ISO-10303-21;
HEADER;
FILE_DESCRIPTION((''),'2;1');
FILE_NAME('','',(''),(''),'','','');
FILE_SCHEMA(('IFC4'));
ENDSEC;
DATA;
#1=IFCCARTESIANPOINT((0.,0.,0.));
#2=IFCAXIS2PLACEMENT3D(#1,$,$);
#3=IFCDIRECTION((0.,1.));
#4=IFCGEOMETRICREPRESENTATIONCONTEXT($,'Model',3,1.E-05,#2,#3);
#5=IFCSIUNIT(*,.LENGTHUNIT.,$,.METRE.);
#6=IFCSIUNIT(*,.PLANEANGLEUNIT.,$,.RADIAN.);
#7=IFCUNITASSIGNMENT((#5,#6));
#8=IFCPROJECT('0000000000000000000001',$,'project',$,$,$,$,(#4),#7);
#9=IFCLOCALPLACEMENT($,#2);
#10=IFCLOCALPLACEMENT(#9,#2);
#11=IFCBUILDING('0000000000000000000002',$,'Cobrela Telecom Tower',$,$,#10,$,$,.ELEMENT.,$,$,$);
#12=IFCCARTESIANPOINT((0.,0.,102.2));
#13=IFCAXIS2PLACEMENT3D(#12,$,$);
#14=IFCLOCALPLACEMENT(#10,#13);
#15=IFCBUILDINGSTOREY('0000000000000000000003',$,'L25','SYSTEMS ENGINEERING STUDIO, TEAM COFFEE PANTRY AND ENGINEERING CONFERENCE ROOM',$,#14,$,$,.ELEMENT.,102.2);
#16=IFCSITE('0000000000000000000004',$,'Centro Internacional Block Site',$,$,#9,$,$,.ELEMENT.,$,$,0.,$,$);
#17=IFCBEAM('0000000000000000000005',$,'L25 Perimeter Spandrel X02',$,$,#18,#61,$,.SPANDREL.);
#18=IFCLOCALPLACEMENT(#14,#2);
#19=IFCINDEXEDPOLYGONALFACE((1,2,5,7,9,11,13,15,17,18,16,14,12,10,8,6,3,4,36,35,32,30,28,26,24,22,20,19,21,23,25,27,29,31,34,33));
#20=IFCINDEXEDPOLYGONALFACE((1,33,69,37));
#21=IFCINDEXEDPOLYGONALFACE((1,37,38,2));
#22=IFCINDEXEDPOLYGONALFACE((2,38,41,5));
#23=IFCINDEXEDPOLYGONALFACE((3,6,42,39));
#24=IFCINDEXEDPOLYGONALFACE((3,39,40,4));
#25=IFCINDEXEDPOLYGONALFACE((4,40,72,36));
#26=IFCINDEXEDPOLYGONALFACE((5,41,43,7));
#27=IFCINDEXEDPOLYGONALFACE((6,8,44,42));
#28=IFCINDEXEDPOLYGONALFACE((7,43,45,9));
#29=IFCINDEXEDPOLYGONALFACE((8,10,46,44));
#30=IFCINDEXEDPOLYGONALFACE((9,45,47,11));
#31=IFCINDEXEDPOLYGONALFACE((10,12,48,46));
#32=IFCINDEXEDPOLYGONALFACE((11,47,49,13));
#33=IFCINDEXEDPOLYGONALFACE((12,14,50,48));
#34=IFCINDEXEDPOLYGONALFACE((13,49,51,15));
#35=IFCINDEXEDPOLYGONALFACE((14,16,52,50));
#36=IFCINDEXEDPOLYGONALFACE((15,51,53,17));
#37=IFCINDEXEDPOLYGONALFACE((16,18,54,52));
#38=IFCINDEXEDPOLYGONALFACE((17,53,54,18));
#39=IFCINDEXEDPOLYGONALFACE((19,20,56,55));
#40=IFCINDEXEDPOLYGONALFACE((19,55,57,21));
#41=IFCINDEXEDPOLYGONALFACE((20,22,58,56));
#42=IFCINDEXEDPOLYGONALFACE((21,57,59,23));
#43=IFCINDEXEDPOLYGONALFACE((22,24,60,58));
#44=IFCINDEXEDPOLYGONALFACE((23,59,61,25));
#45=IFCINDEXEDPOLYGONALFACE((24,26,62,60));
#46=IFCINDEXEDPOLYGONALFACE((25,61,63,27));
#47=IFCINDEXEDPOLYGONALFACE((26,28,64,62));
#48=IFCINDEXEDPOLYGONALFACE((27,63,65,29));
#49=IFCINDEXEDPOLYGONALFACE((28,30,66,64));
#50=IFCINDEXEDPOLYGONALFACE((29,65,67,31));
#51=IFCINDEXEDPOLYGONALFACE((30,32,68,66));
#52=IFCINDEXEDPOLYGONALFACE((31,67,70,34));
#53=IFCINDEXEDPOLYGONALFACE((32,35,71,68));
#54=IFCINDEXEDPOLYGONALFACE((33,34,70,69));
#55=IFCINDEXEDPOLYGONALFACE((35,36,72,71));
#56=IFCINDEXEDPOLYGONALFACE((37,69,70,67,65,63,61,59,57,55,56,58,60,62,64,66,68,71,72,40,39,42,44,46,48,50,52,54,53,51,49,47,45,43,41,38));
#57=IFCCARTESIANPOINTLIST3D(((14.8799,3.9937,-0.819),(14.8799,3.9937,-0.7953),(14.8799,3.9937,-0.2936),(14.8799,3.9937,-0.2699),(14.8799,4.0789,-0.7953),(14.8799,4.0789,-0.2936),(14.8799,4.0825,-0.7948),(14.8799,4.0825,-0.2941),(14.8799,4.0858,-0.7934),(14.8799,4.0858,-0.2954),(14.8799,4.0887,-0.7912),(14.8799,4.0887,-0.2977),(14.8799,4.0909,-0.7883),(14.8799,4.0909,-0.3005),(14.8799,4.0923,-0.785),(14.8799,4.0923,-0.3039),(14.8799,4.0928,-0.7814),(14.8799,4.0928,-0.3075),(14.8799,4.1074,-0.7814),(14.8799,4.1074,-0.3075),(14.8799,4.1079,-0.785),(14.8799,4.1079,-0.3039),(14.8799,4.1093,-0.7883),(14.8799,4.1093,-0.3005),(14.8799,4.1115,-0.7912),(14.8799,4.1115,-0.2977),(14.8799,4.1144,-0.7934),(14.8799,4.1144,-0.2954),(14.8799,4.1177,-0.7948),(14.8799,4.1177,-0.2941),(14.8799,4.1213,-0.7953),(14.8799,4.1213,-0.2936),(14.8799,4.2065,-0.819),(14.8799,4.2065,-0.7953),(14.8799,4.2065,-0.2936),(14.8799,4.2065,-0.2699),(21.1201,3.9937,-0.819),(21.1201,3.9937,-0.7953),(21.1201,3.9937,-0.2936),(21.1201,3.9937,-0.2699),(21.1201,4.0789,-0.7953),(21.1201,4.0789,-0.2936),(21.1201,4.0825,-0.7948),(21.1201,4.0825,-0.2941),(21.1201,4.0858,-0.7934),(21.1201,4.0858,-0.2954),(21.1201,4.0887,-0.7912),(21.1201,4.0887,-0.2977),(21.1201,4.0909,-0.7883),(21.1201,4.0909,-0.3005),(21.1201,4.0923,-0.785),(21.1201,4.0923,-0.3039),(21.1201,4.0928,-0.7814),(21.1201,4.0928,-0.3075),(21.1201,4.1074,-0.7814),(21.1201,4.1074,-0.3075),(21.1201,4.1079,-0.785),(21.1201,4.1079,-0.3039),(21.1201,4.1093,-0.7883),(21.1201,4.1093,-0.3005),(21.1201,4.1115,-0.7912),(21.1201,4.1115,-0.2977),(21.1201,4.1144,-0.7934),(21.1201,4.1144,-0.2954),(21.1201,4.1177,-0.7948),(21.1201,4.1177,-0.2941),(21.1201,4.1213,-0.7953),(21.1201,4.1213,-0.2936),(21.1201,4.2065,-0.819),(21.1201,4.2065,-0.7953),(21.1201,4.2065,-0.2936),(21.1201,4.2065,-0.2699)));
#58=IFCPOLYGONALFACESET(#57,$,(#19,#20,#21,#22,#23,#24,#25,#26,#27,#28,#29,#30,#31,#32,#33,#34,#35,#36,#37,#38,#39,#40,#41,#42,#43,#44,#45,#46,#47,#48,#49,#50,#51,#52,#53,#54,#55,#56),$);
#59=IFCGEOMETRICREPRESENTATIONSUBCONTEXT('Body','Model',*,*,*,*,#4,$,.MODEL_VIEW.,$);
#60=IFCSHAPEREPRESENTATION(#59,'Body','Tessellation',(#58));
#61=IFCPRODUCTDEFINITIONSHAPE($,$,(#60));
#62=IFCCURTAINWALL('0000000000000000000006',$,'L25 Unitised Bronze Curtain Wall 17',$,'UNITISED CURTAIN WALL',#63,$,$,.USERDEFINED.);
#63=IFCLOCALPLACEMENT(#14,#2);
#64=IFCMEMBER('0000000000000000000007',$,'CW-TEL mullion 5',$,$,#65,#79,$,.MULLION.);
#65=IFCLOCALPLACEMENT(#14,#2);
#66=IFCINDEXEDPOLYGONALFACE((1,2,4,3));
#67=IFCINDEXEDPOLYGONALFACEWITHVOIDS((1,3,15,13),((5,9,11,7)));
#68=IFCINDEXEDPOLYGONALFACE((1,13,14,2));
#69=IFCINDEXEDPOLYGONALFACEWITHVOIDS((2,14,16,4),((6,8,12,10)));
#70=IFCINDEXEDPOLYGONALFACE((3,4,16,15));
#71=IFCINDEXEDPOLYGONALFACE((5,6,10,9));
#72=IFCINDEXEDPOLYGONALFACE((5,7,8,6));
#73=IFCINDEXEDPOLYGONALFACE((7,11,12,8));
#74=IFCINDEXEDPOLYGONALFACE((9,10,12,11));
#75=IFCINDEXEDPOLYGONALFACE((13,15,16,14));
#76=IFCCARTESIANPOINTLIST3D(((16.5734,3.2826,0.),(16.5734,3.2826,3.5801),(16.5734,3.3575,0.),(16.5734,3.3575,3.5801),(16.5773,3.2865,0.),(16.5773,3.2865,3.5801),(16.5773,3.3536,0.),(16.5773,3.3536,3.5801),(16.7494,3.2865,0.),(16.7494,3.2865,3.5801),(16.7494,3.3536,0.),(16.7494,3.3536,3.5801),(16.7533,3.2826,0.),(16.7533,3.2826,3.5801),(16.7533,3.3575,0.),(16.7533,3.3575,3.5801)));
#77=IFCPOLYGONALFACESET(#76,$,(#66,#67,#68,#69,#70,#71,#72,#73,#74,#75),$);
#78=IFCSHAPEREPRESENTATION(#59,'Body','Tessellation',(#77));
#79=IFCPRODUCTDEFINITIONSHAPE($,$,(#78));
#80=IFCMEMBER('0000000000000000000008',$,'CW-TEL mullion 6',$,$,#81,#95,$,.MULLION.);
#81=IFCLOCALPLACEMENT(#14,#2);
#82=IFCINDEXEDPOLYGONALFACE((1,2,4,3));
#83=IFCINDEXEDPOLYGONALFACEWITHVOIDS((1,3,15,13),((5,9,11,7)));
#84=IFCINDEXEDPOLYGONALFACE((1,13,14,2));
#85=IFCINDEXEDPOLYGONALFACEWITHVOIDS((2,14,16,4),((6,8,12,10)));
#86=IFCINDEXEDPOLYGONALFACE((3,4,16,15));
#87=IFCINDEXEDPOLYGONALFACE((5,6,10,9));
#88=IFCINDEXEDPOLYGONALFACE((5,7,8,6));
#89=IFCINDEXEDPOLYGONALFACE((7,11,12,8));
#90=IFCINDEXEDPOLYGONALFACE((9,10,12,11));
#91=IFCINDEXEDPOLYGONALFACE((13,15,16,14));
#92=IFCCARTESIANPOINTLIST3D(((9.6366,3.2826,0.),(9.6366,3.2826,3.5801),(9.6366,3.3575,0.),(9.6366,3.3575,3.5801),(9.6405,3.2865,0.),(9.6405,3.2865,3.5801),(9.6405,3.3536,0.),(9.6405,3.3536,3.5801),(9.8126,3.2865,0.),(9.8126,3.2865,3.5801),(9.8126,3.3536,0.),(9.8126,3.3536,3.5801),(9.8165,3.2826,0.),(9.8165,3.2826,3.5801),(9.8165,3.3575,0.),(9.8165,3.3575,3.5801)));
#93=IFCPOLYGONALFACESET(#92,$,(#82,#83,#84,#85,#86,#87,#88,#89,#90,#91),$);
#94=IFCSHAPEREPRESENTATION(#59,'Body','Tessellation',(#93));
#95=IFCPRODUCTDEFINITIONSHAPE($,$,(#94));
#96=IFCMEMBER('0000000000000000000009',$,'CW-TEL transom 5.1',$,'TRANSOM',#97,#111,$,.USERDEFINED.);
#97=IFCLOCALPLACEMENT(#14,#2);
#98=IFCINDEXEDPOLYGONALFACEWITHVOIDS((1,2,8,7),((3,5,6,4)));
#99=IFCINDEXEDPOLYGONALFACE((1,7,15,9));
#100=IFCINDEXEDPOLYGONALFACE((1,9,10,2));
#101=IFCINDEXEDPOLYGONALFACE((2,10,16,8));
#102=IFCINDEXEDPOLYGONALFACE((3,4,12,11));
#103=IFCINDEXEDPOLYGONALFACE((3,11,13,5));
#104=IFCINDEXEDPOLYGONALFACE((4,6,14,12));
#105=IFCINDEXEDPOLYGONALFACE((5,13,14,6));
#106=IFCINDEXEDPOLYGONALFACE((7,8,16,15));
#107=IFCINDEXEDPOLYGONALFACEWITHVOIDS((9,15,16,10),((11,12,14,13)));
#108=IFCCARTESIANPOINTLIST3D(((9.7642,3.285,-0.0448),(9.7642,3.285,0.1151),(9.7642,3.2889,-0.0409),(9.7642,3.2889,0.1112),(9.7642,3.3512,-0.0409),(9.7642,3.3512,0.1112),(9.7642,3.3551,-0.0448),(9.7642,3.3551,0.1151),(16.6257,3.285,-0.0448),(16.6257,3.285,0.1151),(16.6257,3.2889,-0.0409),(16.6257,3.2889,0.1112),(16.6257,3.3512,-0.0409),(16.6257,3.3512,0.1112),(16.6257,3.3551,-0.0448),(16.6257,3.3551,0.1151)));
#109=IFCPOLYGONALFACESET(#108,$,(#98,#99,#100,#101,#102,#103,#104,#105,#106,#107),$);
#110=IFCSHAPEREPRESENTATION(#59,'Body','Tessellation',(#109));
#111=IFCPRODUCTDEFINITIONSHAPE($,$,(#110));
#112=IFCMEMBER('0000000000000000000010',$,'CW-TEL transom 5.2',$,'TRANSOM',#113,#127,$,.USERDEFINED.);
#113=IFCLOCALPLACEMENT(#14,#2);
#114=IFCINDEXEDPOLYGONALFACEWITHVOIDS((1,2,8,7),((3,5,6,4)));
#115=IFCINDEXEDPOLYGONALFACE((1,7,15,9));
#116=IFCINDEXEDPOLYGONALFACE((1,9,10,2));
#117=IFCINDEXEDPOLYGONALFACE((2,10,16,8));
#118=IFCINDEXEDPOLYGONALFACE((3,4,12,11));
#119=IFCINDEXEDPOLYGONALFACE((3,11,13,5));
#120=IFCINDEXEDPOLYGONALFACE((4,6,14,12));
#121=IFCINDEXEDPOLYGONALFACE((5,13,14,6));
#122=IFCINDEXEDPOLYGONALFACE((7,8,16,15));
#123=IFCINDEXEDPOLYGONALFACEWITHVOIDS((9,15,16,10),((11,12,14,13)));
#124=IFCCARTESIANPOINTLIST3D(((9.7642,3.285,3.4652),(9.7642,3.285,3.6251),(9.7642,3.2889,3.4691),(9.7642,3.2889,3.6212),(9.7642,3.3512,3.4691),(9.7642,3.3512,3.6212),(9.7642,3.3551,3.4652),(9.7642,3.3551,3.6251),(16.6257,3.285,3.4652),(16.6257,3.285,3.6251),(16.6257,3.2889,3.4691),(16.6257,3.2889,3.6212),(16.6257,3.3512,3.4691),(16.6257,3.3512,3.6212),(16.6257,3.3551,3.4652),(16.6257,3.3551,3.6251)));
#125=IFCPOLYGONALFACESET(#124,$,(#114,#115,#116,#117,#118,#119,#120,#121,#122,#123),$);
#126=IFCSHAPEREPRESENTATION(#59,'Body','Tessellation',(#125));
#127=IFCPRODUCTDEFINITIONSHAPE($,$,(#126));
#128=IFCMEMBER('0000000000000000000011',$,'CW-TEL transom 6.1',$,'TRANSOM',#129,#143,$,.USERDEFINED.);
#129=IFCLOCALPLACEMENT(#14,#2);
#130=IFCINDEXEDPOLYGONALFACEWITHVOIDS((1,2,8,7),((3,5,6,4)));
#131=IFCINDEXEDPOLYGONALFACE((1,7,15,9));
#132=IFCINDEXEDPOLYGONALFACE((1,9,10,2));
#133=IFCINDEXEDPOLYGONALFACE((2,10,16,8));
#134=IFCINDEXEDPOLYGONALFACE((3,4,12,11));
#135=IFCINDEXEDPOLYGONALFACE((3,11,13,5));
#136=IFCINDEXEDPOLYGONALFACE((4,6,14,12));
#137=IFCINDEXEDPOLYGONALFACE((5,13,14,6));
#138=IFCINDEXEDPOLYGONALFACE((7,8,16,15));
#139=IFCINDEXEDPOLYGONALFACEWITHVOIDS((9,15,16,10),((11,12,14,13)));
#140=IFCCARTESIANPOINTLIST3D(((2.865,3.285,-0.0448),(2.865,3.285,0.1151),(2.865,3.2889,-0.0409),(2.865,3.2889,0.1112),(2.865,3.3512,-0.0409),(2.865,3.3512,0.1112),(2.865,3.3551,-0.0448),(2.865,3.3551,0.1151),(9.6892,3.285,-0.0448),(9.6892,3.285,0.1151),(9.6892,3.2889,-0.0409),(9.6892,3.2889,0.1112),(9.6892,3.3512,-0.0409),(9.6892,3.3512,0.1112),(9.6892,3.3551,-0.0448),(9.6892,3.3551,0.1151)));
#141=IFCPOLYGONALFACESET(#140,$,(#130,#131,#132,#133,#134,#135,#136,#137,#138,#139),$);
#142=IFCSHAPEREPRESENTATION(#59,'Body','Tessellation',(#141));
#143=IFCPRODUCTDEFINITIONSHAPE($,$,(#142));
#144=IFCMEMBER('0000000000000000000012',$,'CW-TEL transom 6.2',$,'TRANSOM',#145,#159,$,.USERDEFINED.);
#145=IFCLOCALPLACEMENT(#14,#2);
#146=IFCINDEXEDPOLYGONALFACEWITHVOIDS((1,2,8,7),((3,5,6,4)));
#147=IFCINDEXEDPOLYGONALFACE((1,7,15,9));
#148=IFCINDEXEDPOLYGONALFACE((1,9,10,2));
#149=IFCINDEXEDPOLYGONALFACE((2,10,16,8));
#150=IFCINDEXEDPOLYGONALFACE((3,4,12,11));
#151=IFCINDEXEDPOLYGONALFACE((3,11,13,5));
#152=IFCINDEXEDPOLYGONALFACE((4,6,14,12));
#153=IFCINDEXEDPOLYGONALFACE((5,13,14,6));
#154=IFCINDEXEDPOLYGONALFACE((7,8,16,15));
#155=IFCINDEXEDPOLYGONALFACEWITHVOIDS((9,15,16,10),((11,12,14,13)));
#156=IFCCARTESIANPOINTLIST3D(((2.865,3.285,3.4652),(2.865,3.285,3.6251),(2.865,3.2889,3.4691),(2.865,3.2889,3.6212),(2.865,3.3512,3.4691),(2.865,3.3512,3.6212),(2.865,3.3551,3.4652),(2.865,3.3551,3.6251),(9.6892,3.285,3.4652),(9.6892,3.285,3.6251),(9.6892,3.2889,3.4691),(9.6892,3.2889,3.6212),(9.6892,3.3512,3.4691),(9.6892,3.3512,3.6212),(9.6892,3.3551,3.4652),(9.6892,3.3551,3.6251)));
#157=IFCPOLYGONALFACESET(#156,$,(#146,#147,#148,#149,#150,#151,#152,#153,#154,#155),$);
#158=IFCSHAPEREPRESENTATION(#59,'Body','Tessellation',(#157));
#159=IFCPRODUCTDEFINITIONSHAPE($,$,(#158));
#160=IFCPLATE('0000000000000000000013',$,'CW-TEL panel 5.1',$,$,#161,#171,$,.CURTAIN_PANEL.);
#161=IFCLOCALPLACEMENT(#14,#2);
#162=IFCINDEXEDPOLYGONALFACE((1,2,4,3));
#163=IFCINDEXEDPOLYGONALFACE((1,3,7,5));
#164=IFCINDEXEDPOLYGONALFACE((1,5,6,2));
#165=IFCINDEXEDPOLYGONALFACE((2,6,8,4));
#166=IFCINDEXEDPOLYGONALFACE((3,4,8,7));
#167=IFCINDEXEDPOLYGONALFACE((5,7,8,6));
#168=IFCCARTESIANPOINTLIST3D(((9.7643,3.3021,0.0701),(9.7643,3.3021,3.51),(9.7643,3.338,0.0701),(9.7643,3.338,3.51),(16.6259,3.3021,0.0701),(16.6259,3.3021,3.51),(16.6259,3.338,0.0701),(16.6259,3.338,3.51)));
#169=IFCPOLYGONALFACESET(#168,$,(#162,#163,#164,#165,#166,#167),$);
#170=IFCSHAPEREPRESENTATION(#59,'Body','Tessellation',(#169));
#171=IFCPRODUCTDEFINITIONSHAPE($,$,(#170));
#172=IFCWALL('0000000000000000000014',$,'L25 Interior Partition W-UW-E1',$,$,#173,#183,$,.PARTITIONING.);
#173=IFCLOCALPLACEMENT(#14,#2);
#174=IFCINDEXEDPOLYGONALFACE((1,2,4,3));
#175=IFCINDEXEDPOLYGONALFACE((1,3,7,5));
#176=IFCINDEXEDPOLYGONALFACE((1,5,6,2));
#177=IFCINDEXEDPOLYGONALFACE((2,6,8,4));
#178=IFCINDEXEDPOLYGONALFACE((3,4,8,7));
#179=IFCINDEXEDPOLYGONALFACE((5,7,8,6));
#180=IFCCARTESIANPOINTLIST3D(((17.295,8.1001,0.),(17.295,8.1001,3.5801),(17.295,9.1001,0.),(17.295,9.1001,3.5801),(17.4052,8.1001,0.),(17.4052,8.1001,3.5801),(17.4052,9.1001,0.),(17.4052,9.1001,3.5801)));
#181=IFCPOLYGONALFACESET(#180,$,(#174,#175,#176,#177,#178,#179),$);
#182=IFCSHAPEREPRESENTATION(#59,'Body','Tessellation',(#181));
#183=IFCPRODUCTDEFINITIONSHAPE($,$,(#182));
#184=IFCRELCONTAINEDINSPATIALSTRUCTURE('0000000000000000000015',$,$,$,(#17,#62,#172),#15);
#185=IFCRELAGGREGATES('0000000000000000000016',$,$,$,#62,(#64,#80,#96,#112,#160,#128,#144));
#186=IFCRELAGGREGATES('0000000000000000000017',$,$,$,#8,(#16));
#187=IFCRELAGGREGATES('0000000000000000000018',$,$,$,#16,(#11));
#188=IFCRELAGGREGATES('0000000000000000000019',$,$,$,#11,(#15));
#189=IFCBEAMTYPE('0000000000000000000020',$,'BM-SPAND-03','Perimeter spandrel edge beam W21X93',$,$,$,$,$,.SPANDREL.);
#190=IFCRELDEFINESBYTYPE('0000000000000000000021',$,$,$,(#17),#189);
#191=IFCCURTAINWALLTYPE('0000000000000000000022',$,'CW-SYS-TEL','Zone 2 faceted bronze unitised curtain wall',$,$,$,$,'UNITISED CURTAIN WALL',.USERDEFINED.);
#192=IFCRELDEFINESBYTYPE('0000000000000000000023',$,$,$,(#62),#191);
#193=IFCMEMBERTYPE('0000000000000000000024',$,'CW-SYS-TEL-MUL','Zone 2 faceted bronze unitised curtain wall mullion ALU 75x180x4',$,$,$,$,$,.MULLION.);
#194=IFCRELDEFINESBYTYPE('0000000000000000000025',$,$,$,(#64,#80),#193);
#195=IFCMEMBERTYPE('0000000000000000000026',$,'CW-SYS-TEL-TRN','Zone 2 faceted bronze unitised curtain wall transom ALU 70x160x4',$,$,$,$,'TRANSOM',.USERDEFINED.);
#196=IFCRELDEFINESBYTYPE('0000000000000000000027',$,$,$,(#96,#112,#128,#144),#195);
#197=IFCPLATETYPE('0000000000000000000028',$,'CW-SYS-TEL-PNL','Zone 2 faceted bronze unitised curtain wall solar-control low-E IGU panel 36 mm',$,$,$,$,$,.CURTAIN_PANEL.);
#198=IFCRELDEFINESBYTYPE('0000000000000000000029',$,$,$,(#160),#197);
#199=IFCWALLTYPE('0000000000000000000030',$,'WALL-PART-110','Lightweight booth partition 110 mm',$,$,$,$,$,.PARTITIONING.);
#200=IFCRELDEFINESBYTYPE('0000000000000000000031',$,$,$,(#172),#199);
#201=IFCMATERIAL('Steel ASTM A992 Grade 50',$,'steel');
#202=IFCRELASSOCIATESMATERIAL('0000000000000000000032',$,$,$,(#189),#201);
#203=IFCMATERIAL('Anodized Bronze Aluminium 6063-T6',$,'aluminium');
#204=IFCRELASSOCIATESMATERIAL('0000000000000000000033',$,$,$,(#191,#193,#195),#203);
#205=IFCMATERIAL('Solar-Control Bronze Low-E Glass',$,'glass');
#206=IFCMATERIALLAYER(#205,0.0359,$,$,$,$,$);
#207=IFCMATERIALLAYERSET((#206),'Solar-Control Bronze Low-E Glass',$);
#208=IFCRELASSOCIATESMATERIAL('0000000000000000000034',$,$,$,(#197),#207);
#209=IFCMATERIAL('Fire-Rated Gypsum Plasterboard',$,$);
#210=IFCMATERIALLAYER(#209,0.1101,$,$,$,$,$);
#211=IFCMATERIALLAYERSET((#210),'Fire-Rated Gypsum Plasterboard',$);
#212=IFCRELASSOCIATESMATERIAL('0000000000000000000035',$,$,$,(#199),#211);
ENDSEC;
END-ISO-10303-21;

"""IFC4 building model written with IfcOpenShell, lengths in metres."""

from ifc_helpers import new_model, si_unit, direction, frame, frame_2d, origin, origin_2d, place, context, subcontext, project, spatial, rectangle, hollow_rectangle, i_section, extrude, material, layer, layer_set, material_profile, profile_set, type_object, element, aggregate, save


model = new_model("IFC4")

# Units and contexts
model_context = context("Model", 3, precision=1e-05, world=origin(), true_north=direction((0.0, 1.0)))
body_context = subcontext(model_context, "Body", "Model", "MODEL_VIEW")
ifc_project = project(units=[si_unit("LENGTHUNIT", "METRE"), si_unit("PLANEANGLEUNIT", "RADIAN")], contexts=[model_context])

# Site, building, storey
site_placement = place(None, origin())
site = spatial("IfcSite", under=ifc_project, at=site_placement, Name="Centro Internacional Block Site", CompositionType="ELEMENT", RefElevation=0.0)
building_placement = place(site_placement, origin())
building = spatial("IfcBuilding", under=site, at=building_placement, Name="Cobrela Telecom Tower", CompositionType="ELEMENT")
storey_placement = place(building_placement, frame((0.0, 0.0, 102.2)))
storey = spatial("IfcBuildingStorey", under=building, at=storey_placement, Name="L25", Description="SYSTEMS ENGINEERING STUDIO, TEAM COFFEE PANTRY AND ENGINEERING CONFERENCE ROOM", CompositionType="ELEMENT", Elevation=102.2)

# Beam
ifc_material_1 = material(Name="Steel ASTM A992 Grade 50", Category="steel")
ifc_material_profile_1 = material_profile(ifc_material_1, i_section(OverallWidth=0.2129, OverallDepth=0.5491, WebThickness=0.0146, FlangeThickness=0.0237, FilletRadius=0.0139, at=origin_2d()), Name="W21X93")
ifc_profile_set_1 = profile_set([ifc_material_profile_1], Name="Steel ASTM A992 Grade 50")
beam_type_1 = type_object("IfcBeamType", Name="BM-SPAND-03", Description="Perimeter spandrel edge beam W21X93", PredefinedType="SPANDREL", material=ifc_profile_set_1)
beam_1_placement = place(storey_placement, frame((14.8799, 4.1001, -0.5444), z_axis=(1.0, 0.0, 0.0), x_axis=(0.0, 1.0, 0.0)))
element("IfcBeam", 1, at=beam_1_placement, inside=storey, type_object=beam_type_1, Name="L25 Perimeter Spandrel X02", PredefinedType="SPANDREL", context=body_context, shape_type="SweptSolid", body=[
    extrude(i_section(OverallWidth=0.2129, OverallDepth=0.5491, WebThickness=0.0146, FlangeThickness=0.0237, FilletRadius=0.0139, at=origin_2d()), origin(), (0.0, 0.0, 1.0), 6.2402),
])

# Curtain wall, members, plate
ifc_material_2 = material(Name="Anodized Bronze Aluminium 6063-T6", Category="aluminium")
curtain_wall_type = type_object("IfcCurtainWallType", Name="CW-SYS-TEL", Description="Zone 2 faceted bronze unitised curtain wall", ElementType="UNITISED CURTAIN WALL", PredefinedType="USERDEFINED", material=ifc_material_2)
curtain_wall_placement = place(storey_placement, origin())
curtain_wall = element("IfcCurtainWall", 2, at=curtain_wall_placement, inside=storey, type_object=curtain_wall_type, Name="L25 Unitised Bronze Curtain Wall 17", ObjectType="UNITISED CURTAIN WALL", PredefinedType="USERDEFINED")
ifc_material_profile_2 = material_profile(ifc_material_2, hollow_rectangle(XDim=0.075, YDim=0.1799, WallThickness=0.0039, at=origin_2d()), Name="ALU 75x180x4")
ifc_profile_set_2 = profile_set([ifc_material_profile_2], Name="Anodized Bronze Aluminium 6063-T6")
member_type_1 = type_object("IfcMemberType", Name="CW-SYS-TEL-MUL", Description="Zone 2 faceted bronze unitised curtain wall mullion ALU 75x180x4", PredefinedType="MULLION", material=ifc_profile_set_2)
member_1_placement = place(storey_placement, frame((16.6633, 3.3201, 0.0), z_axis=(0.0, 0.0, 1.0), x_axis=(0.0, -1.0, 0.0)))
member_1 = element("IfcMember", 3, at=member_1_placement, type_object=member_type_1, Name="CW-TEL mullion 5", PredefinedType="MULLION", context=body_context, shape_type="SweptSolid", body=[
    extrude(hollow_rectangle(XDim=0.075, YDim=0.1799, WallThickness=0.0039, at=origin_2d()), origin(), (0.0, 0.0, 1.0), 3.5801),
])
member_2_placement = place(storey_placement, frame((9.7266, 3.3201, 0.0), z_axis=(0.0, 0.0, 1.0), x_axis=(0.0, -1.0, 0.0)))
member_2 = element("IfcMember", 4, at=member_2_placement, type_object=member_type_1, Name="CW-TEL mullion 6", PredefinedType="MULLION", context=body_context, shape_type="SweptSolid", body=[
    extrude(hollow_rectangle(XDim=0.075, YDim=0.1799, WallThickness=0.0039, at=origin_2d()), origin(), (0.0, 0.0, 1.0), 3.5801),
])
ifc_material_profile_3 = material_profile(ifc_material_2, hollow_rectangle(XDim=0.0701, YDim=0.1599, WallThickness=0.0039, at=origin_2d()), Name="ALU 70x160x4")
ifc_profile_set_3 = profile_set([ifc_material_profile_3], Name="Anodized Bronze Aluminium 6063-T6")
member_type_2 = type_object("IfcMemberType", Name="CW-SYS-TEL-TRN", Description="Zone 2 faceted bronze unitised curtain wall transom ALU 70x160x4", ElementType="TRANSOM", PredefinedType="USERDEFINED", material=ifc_profile_set_3)
member_3_placement = place(storey_placement, frame((16.6257, 3.3201, 0.0352), z_axis=(-1.0, 0.0, 0.0), x_axis=(0.0, -1.0, 0.0)))
member_3 = element("IfcMember", 5, at=member_3_placement, type_object=member_type_2, Name="CW-TEL transom 5.1", ObjectType="TRANSOM", PredefinedType="USERDEFINED", context=body_context, shape_type="SweptSolid", body=[
    extrude(hollow_rectangle(XDim=0.0701, YDim=0.1599, WallThickness=0.0039, at=origin_2d()), origin(), (0.0, 0.0, 1.0), 6.8616),
])
member_4_placement = place(storey_placement, frame((16.6257, 3.3201, 3.5452), z_axis=(-1.0, 0.0, 0.0), x_axis=(0.0, -1.0, 0.0)))
member_4 = element("IfcMember", 6, at=member_4_placement, type_object=member_type_2, Name="CW-TEL transom 5.2", ObjectType="TRANSOM", PredefinedType="USERDEFINED", context=body_context, shape_type="SweptSolid", body=[
    extrude(hollow_rectangle(XDim=0.0701, YDim=0.1599, WallThickness=0.0039, at=origin_2d()), origin(), (0.0, 0.0, 1.0), 6.8616),
])
member_5_placement = place(storey_placement, frame((9.6892, 3.3201, 0.0352), z_axis=(-1.0, 0.0, 0.0), x_axis=(0.0, -1.0, 0.0)))
member_5 = element("IfcMember", 7, at=member_5_placement, type_object=member_type_2, Name="CW-TEL transom 6.1", ObjectType="TRANSOM", PredefinedType="USERDEFINED", context=body_context, shape_type="SweptSolid", body=[
    extrude(hollow_rectangle(XDim=0.0701, YDim=0.1599, WallThickness=0.0039, at=origin_2d()), origin(), (0.0, 0.0, 1.0), 6.8242),
])
member_6_placement = place(storey_placement, frame((9.6892, 3.3201, 3.5452), z_axis=(-1.0, 0.0, 0.0), x_axis=(0.0, -1.0, 0.0)))
member_6 = element("IfcMember", 8, at=member_6_placement, type_object=member_type_2, Name="CW-TEL transom 6.2", ObjectType="TRANSOM", PredefinedType="USERDEFINED", context=body_context, shape_type="SweptSolid", body=[
    extrude(hollow_rectangle(XDim=0.0701, YDim=0.1599, WallThickness=0.0039, at=origin_2d()), origin(), (0.0, 0.0, 1.0), 6.8242),
])
ifc_material_3 = material(Name="Solar-Control Bronze Low-E Glass", Category="glass")
ifc_layer_1 = layer(ifc_material_3, 0.0359)
ifc_layer_set_1 = layer_set([ifc_layer_1], Name="Solar-Control Bronze Low-E Glass")
plate_type = type_object("IfcPlateType", Name="CW-SYS-TEL-PNL", Description="Zone 2 faceted bronze unitised curtain wall solar-control low-E IGU panel 36 mm", PredefinedType="CURTAIN_PANEL", material=ifc_layer_set_1)
plate_placement = place(storey_placement, frame((13.1951, 3.3201, 0.0701), z_axis=(0.0, 0.0, 1.0), x_axis=(-1.0, 0.0, 0.0)))
plate = element("IfcPlate", 9, at=plate_placement, type_object=plate_type, Name="CW-TEL panel 5.1", PredefinedType="CURTAIN_PANEL", context=body_context, shape_type="SweptSolid", body=[
    extrude(rectangle(XDim=6.8616, YDim=0.0359, at=origin_2d()), origin(), (0.0, 0.0, 1.0), 3.4399),
])
aggregate(curtain_wall, [member_1, member_2, member_3, member_4, plate, member_5, member_6])

# Wall
ifc_material_4 = material(Name="Fire-Rated Gypsum Plasterboard")
ifc_layer_2 = layer(ifc_material_4, 0.1101)
ifc_layer_set_2 = layer_set([ifc_layer_2], Name="Fire-Rated Gypsum Plasterboard")
wall_type_1 = type_object("IfcWallType", Name="WALL-PART-110", Description="Lightweight booth partition 110 mm", PredefinedType="PARTITIONING", material=ifc_layer_set_2)
wall_1_placement = place(storey_placement, frame((17.3501, 8.1001, 0.0), z_axis=(0.0, 0.0, 1.0), x_axis=(0.0, 1.0, 0.0)))
element("IfcWall", 10, at=wall_1_placement, inside=storey, type_object=wall_type_1, Name="L25 Interior Partition W-UW-E1", PredefinedType="PARTITIONING", context=body_context, shape_type="SweptSolid", body=[
    extrude(rectangle(XDim=1.0, YDim=0.1101, at=frame_2d((0.5, 0.0))), origin(), (0.0, 0.0, 1.0), 3.5801),
])

save(model, "model.ifc")
